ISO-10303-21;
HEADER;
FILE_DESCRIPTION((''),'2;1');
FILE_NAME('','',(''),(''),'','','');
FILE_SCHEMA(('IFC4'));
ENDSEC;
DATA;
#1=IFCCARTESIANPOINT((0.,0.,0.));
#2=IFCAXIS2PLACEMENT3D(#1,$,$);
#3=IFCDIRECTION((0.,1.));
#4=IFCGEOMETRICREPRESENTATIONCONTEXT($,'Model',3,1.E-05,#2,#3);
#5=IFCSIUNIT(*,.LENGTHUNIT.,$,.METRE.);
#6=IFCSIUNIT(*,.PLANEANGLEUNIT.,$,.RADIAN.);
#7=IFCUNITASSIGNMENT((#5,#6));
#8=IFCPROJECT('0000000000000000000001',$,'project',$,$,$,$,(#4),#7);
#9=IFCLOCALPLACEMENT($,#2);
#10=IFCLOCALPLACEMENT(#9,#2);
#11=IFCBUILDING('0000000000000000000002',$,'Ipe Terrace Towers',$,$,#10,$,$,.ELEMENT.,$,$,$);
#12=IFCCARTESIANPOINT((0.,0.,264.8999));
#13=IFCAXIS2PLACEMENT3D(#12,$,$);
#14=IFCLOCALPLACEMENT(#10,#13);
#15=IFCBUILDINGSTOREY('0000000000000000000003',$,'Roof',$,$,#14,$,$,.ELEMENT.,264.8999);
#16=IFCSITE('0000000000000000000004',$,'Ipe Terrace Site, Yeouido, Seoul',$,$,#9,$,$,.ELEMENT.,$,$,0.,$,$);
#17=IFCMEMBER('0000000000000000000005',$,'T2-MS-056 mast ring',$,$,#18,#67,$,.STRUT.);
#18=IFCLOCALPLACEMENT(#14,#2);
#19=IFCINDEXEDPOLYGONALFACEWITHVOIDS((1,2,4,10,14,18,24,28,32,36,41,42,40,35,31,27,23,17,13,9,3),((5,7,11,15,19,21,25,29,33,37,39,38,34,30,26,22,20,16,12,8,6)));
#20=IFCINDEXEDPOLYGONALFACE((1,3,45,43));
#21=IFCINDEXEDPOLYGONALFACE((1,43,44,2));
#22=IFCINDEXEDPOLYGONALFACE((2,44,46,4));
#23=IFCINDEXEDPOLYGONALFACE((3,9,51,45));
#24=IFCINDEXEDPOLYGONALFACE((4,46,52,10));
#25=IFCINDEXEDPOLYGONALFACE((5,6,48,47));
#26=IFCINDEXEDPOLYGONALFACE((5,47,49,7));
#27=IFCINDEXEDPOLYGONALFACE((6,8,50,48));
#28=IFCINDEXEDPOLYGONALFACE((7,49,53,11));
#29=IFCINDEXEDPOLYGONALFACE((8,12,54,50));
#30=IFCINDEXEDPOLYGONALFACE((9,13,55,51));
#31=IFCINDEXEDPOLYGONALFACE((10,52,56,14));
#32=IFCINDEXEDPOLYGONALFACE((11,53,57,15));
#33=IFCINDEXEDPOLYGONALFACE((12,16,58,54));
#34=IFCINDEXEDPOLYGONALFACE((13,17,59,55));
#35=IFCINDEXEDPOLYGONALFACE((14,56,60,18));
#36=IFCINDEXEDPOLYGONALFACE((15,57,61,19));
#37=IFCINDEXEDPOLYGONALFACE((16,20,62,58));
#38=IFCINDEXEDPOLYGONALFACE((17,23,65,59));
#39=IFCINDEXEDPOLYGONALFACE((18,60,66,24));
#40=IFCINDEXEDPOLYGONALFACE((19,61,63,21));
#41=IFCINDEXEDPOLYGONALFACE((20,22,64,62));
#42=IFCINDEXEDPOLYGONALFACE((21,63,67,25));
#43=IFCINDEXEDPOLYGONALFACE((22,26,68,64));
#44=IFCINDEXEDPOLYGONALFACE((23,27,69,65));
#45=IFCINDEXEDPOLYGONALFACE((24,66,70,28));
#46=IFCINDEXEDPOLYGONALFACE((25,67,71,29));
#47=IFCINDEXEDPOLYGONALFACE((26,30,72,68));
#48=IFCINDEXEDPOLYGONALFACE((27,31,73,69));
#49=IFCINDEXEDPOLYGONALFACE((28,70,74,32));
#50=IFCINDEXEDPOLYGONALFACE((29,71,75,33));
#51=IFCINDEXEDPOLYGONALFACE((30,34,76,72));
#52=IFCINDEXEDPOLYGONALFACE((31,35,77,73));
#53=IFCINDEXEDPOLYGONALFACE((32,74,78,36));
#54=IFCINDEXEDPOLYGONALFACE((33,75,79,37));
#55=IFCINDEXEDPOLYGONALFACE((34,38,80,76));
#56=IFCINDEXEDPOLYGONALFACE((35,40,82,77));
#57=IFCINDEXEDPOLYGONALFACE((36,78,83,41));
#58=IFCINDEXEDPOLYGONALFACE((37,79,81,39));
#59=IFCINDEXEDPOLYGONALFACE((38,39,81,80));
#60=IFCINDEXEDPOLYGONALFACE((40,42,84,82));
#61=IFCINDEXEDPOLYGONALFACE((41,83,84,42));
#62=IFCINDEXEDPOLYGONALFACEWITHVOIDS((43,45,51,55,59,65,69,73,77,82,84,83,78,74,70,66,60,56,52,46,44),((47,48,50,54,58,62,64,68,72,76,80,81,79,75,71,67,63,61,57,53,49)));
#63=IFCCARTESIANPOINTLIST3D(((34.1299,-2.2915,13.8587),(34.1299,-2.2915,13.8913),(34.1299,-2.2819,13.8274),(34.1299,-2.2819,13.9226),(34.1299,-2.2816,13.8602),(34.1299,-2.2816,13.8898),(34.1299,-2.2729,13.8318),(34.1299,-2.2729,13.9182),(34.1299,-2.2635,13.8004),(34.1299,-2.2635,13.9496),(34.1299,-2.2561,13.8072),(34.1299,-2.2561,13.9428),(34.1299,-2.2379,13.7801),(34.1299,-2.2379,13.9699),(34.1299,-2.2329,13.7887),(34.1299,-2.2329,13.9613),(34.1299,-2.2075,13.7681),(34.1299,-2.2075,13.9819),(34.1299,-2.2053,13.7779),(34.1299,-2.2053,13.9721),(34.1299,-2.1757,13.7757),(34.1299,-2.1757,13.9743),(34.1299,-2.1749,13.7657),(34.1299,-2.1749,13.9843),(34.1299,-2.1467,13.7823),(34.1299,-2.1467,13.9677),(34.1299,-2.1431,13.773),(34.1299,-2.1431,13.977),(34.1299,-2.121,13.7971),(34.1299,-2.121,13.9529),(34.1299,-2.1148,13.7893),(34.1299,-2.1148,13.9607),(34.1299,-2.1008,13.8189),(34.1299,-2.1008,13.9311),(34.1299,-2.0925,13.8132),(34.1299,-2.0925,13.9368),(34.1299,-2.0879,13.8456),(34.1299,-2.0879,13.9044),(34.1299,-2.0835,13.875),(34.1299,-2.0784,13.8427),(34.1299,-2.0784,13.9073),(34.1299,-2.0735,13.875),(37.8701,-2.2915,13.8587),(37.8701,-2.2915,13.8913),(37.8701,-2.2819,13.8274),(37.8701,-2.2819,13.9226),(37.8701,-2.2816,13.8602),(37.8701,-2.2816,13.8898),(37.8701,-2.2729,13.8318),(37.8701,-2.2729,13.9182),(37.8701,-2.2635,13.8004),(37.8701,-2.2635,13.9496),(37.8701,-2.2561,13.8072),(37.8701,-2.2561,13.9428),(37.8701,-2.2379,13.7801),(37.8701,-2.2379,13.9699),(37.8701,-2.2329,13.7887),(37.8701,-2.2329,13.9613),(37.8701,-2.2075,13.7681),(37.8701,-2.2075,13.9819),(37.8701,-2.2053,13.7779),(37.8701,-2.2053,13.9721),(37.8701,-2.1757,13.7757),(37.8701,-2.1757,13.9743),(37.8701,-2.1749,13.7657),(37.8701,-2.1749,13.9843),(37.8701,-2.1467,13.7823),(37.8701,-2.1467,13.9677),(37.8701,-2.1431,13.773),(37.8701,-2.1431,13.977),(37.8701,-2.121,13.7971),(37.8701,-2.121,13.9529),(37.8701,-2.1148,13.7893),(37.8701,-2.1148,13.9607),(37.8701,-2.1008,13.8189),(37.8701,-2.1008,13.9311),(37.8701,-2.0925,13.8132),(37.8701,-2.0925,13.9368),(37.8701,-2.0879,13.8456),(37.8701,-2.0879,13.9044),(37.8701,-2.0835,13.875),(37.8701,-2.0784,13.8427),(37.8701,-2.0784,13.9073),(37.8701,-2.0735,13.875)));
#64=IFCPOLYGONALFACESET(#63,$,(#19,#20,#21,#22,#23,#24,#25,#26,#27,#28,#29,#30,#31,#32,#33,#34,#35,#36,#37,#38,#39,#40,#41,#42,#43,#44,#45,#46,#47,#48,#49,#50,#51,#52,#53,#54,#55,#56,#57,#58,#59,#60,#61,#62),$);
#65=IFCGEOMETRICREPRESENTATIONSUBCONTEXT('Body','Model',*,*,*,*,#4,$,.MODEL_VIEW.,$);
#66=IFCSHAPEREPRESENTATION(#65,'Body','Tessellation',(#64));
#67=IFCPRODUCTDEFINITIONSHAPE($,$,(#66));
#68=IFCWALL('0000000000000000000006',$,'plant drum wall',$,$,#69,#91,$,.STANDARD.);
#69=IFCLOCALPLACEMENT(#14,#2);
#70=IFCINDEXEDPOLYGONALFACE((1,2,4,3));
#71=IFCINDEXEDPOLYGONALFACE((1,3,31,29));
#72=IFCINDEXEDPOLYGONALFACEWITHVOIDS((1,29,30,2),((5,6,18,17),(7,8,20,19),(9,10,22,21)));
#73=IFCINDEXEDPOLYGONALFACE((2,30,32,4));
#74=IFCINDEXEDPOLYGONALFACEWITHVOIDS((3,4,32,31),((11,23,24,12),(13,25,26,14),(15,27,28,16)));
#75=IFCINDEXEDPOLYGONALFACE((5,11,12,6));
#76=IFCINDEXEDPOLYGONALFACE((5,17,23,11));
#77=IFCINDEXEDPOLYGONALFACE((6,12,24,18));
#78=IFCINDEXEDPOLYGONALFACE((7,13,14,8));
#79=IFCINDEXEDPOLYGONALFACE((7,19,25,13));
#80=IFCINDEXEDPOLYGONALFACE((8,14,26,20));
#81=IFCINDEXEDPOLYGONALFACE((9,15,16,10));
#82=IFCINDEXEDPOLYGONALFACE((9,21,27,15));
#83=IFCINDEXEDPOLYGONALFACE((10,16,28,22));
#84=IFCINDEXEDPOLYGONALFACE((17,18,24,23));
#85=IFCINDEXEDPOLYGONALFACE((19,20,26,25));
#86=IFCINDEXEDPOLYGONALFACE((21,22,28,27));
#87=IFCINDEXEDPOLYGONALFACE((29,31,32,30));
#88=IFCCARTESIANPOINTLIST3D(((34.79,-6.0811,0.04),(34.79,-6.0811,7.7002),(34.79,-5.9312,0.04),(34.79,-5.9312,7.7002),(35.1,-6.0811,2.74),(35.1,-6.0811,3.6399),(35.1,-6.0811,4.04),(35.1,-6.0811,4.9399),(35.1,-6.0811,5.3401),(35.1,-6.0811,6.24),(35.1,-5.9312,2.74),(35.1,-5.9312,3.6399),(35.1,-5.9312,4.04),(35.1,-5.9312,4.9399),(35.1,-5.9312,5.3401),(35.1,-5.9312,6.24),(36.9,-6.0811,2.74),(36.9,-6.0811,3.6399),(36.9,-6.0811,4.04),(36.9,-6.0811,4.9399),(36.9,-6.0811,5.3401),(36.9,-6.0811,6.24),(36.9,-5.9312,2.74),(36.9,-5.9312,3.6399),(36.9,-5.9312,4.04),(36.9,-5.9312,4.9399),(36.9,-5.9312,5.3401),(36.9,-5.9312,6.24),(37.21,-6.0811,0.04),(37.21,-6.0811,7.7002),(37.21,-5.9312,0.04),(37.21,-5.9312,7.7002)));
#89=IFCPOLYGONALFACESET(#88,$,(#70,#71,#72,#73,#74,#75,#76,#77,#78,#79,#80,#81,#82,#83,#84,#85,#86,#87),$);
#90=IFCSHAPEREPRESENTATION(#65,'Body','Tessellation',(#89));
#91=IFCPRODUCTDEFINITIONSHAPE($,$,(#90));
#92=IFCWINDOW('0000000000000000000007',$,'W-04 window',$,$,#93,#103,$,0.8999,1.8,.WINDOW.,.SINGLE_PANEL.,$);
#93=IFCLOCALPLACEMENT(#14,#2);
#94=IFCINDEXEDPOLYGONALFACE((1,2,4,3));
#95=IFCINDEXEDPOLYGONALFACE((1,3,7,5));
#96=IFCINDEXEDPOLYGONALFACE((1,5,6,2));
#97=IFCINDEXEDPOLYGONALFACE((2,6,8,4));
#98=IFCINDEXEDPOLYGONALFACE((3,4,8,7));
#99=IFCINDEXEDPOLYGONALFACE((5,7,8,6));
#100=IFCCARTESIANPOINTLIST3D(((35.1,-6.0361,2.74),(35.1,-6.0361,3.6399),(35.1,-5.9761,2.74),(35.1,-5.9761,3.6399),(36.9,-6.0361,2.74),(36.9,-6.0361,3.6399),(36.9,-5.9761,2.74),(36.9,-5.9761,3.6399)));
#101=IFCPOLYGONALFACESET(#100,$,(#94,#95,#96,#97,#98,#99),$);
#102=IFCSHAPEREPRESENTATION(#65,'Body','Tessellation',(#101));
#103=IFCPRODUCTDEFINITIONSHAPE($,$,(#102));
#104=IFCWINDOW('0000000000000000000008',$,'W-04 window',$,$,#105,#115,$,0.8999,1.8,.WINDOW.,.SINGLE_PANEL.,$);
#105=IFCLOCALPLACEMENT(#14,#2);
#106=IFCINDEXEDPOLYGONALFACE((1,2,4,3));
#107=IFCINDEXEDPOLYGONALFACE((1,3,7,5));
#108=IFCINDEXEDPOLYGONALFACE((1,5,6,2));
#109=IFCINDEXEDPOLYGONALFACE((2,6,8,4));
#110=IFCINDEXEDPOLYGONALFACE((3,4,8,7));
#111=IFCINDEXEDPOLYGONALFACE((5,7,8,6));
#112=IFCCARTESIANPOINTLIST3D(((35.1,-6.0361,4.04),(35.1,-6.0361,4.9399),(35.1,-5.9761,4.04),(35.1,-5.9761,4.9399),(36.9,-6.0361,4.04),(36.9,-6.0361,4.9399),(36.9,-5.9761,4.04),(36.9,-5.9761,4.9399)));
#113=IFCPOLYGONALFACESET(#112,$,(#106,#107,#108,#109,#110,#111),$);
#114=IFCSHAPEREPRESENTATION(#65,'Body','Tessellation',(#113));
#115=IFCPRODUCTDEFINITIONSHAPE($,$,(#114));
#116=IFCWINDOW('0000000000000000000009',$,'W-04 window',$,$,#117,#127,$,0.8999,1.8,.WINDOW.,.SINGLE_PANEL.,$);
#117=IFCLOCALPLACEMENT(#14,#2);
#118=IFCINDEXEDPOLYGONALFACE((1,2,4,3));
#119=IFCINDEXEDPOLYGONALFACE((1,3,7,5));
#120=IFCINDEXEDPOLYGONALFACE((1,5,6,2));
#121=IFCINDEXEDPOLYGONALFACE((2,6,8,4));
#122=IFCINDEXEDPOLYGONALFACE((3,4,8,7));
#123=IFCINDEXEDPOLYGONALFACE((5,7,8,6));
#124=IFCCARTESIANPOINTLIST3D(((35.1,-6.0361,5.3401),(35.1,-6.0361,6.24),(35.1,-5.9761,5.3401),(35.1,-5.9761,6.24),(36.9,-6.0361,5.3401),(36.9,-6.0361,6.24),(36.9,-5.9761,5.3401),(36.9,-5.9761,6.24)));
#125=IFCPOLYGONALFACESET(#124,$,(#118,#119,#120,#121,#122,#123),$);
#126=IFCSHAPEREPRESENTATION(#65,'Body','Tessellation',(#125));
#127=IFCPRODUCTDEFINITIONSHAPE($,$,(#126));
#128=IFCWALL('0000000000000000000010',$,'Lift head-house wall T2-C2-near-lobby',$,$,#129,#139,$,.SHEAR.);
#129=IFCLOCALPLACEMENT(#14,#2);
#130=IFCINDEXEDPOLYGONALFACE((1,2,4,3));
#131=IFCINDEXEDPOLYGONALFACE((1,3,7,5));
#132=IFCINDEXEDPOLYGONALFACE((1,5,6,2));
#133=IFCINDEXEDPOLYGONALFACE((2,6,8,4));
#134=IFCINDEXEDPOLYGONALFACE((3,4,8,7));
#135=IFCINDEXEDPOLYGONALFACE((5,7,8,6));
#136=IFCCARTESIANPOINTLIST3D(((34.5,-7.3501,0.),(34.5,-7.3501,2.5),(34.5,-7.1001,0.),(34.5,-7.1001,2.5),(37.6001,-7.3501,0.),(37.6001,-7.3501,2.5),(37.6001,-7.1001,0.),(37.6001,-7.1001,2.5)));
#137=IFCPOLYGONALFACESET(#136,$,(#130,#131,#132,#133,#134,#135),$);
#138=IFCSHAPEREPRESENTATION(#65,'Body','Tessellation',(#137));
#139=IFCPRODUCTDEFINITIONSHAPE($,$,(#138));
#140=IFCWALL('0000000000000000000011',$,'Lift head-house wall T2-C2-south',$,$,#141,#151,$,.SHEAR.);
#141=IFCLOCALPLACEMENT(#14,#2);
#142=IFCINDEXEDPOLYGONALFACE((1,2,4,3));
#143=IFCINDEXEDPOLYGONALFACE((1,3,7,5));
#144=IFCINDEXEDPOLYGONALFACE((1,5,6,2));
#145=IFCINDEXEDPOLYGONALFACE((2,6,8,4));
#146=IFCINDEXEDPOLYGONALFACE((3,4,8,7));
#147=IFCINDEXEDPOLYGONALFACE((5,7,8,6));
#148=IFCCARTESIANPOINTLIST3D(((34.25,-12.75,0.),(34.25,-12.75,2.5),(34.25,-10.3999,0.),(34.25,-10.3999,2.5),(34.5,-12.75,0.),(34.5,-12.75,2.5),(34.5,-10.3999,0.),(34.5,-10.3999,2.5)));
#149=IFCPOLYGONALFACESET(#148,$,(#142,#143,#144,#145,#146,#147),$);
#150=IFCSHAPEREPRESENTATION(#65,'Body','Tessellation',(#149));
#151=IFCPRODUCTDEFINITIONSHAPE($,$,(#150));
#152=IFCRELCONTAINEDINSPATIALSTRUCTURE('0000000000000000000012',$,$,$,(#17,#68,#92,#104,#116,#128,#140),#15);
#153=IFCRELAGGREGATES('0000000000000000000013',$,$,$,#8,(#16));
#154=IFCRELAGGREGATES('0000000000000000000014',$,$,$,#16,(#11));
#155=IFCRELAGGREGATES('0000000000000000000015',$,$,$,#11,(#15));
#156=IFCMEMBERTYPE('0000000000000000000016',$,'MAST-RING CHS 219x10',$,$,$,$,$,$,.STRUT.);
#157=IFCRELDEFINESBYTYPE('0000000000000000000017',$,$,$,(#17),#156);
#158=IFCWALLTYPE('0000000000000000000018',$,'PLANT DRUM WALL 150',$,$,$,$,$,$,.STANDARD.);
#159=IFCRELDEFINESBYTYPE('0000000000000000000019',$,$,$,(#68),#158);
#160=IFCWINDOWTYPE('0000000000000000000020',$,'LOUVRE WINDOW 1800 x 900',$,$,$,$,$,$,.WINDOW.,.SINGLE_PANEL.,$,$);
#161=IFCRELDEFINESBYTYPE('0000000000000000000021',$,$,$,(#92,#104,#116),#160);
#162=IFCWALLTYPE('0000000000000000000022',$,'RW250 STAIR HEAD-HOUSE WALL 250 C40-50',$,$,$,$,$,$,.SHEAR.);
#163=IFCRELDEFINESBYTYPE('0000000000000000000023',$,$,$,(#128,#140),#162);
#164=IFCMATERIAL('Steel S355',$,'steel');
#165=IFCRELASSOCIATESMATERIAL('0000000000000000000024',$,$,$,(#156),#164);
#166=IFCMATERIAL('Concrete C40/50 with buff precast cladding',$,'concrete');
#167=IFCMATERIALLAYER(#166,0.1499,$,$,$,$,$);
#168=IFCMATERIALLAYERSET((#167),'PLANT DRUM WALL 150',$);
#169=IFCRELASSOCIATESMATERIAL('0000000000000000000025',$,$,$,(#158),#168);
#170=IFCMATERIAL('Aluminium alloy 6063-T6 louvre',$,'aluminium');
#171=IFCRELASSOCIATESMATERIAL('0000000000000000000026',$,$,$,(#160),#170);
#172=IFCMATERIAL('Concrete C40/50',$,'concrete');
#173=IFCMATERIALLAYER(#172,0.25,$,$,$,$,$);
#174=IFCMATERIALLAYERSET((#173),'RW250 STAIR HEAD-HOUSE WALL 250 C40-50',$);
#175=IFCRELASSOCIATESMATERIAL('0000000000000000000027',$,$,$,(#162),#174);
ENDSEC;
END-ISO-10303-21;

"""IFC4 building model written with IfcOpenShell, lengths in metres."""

from ifc_helpers import new_model, si_unit, direction, frame, frame_2d, origin, origin_2d, place, context, subcontext, project, spatial, rectangle, hollow_circle, extrude, material, layer, layer_set, material_profile, profile_set, type_object, element, fill, save


model = new_model("IFC4")

# Units and contexts
model_context = context("Model", 3, precision=1e-05, world=origin(), true_north=direction((0.0, 1.0)))
body_context = subcontext(model_context, "Body", "Model", "MODEL_VIEW")
ifc_project = project(units=[si_unit("LENGTHUNIT", "METRE"), si_unit("PLANEANGLEUNIT", "RADIAN")], contexts=[model_context])

# Site, building, storey
site_placement = place(None, origin())
site = spatial("IfcSite", under=ifc_project, at=site_placement, Name="Ipe Terrace Site, Yeouido, Seoul", CompositionType="ELEMENT", RefElevation=0.0)
building_placement = place(site_placement, origin())
building = spatial("IfcBuilding", under=site, at=building_placement, Name="Ipe Terrace Towers", CompositionType="ELEMENT")
storey_placement = place(building_placement, frame((0.0, 0.0, 264.8999)))
storey = spatial("IfcBuildingStorey", under=building, at=storey_placement, Name="Roof", CompositionType="ELEMENT", Elevation=264.8999)

# Member
ifc_material_1 = material(Name="Steel S355", Category="steel")
ifc_material_profile_1 = material_profile(ifc_material_1, hollow_circle(Radius=0.1096, WallThickness=0.01, at=origin_2d()), Name="MAST-RING CHS 219x10")
ifc_profile_set_1 = profile_set([ifc_material_profile_1], Name="Steel S355")
member_type_1 = type_object("IfcMemberType", Name="MAST-RING CHS 219x10", PredefinedType="STRUT", material=ifc_profile_set_1)
member_1_placement = place(storey_placement, frame((34.1299, -2.1831, 13.875), z_axis=(1.0, 0.0, 0.0), x_axis=(0.0, 1.0, 0.0)))
element("IfcMember", 1, at=member_1_placement, inside=storey, type_object=member_type_1, Name="T2-MS-056 mast ring", PredefinedType="STRUT", context=body_context, shape_type="SweptSolid", body=[
    extrude(hollow_circle(Radius=0.1096, WallThickness=0.01, at=origin_2d()), origin(), (0.0, 0.0, 1.0), 3.7402),
])

# Wall, openings, windows
ifc_material_2 = material(Name="Concrete C40/50 with buff precast cladding", Category="concrete")
ifc_layer_1 = layer(ifc_material_2, 0.1499)
ifc_layer_set_1 = layer_set([ifc_layer_1], Name="PLANT DRUM WALL 150")
wall_type_1 = type_object("IfcWallType", Name="PLANT DRUM WALL 150", PredefinedType="STANDARD", material=ifc_layer_set_1)
wall_1_placement = place(storey_placement, frame((34.79, -6.0061, 0.04), z_axis=(0.0, 0.0, 1.0), x_axis=(1.0, 0.0, 0.0)))
wall_1 = element("IfcWall", 2, at=wall_1_placement, inside=storey, type_object=wall_type_1, Name="plant drum wall", PredefinedType="STANDARD", context=body_context, shape_type="SweptSolid", body=[
    extrude(rectangle(XDim=2.4199, YDim=0.1499, at=frame_2d((1.21, 0.0))), origin(), (0.0, 0.0, 1.0), 7.6602),
])
opening_1_placement = place(wall_1_placement, frame((0.3101, 0.0, 2.7)))
opening_1 = element("IfcOpeningElement", 3, at=opening_1_placement, cuts=wall_1, PredefinedType="OPENING", context=body_context, shape_type="SweptSolid", body=[
    extrude(rectangle(XDim=1.8, YDim=0.8999, at=frame_2d((0.8999, 0.45))), frame((0.0, 0.085, 0.0), z_axis=(0.0, -1.0, 0.0), x_axis=(1.0, 0.0, 0.0)), (0.0, 0.0, 1.0), 0.1699),
])
opening_2_placement = place(wall_1_placement, frame((0.3101, 0.0, 4.0)))
opening_2 = element("IfcOpeningElement", 4, at=opening_2_placement, cuts=wall_1, PredefinedType="OPENING", context=body_context, shape_type="SweptSolid", body=[
    extrude(rectangle(XDim=1.8, YDim=0.8999, at=frame_2d((0.8999, 0.45))), frame((0.0, 0.085, 0.0), z_axis=(0.0, -1.0, 0.0), x_axis=(1.0, 0.0, 0.0)), (0.0, 0.0, 1.0), 0.1699),
])
opening_3_placement = place(wall_1_placement, frame((0.3101, 0.0, 5.3)))
opening_3 = element("IfcOpeningElement", 5, at=opening_3_placement, cuts=wall_1, PredefinedType="OPENING", context=body_context, shape_type="SweptSolid", body=[
    extrude(rectangle(XDim=1.8, YDim=0.8999, at=frame_2d((0.8999, 0.45))), frame((0.0, 0.085, 0.0), z_axis=(0.0, -1.0, 0.0), x_axis=(1.0, 0.0, 0.0)), (0.0, 0.0, 1.0), 0.1699),
])
ifc_material_3 = material(Name="Aluminium alloy 6063-T6 louvre", Category="aluminium")
window_type = type_object("IfcWindowType", Name="LOUVRE WINDOW 1800 x 900", PartitioningType="SINGLE_PANEL", PredefinedType="WINDOW", material=ifc_material_3)
window_1_placement = place(opening_1_placement, origin())
window_1 = element("IfcWindow", 6, at=window_1_placement, inside=storey, type_object=window_type, Name="W-04 window", OverallHeight=0.8999, OverallWidth=1.8, PartitioningType="SINGLE_PANEL", PredefinedType="WINDOW", context=body_context, shape_type="SweptSolid", body=[
    extrude(rectangle(XDim=1.8, YDim=0.8999, at=frame_2d((0.8999, 0.45))), frame((0.0, 0.03, 0.0), z_axis=(0.0, -1.0, 0.0), x_axis=(1.0, 0.0, 0.0)), (0.0, 0.0, 1.0), 0.0601),
])
fill(opening_1, window_1)
window_2_placement = place(opening_2_placement, origin())
window_2 = element("IfcWindow", 7, at=window_2_placement, inside=storey, type_object=window_type, Name="W-04 window", OverallHeight=0.8999, OverallWidth=1.8, PartitioningType="SINGLE_PANEL", PredefinedType="WINDOW", context=body_context, shape_type="SweptSolid", body=[
    extrude(rectangle(XDim=1.8, YDim=0.8999, at=frame_2d((0.8999, 0.45))), frame((0.0, 0.03, 0.0), z_axis=(0.0, -1.0, 0.0), x_axis=(1.0, 0.0, 0.0)), (0.0, 0.0, 1.0), 0.0601),
])
fill(opening_2, window_2)
window_3_placement = place(opening_3_placement, origin())
window_3 = element("IfcWindow", 8, at=window_3_placement, inside=storey, type_object=window_type, Name="W-04 window", OverallHeight=0.8999, OverallWidth=1.8, PartitioningType="SINGLE_PANEL", PredefinedType="WINDOW", context=body_context, shape_type="SweptSolid", body=[
    extrude(rectangle(XDim=1.8, YDim=0.8999, at=frame_2d((0.8999, 0.45))), frame((0.0, 0.03, 0.0), z_axis=(0.0, -1.0, 0.0), x_axis=(1.0, 0.0, 0.0)), (0.0, 0.0, 1.0), 0.0601),
])
fill(opening_3, window_3)

# Walls
ifc_material_4 = material(Name="Concrete C40/50", Category="concrete")
ifc_layer_2 = layer(ifc_material_4, 0.25)
ifc_layer_set_2 = layer_set([ifc_layer_2], Name="RW250 STAIR HEAD-HOUSE WALL 250 C40-50")
wall_type_2 = type_object("IfcWallType", Name="RW250 STAIR HEAD-HOUSE WALL 250 C40-50", PredefinedType="SHEAR", material=ifc_layer_set_2)
wall_2_placement = place(storey_placement, frame((34.5, -7.2251, 0.0), z_axis=(0.0, 0.0, 1.0), x_axis=(1.0, 0.0, 0.0)))
element("IfcWall", 9, at=wall_2_placement, inside=storey, type_object=wall_type_2, Name="Lift head-house wall T2-C2-near-lobby", PredefinedType="SHEAR", context=body_context, shape_type="SweptSolid", body=[
    extrude(rectangle(XDim=3.1001, YDim=0.25, at=frame_2d((1.55, 0.0))), origin(), (0.0, 0.0, 1.0), 2.5),
])
wall_3_placement = place(storey_placement, frame((34.375, -10.3999, 0.0), z_axis=(0.0, 0.0, 1.0), x_axis=(0.0, -1.0, 0.0)))
element("IfcWall", 10, at=wall_3_placement, inside=storey, type_object=wall_type_2, Name="Lift head-house wall T2-C2-south", PredefinedType="SHEAR", context=body_context, shape_type="SweptSolid", body=[
    extrude(rectangle(XDim=2.3501, YDim=0.25, at=frame_2d((1.175, 0.0))), origin(), (0.0, 0.0, 1.0), 2.5),
])

save(model, "model.ifc")
